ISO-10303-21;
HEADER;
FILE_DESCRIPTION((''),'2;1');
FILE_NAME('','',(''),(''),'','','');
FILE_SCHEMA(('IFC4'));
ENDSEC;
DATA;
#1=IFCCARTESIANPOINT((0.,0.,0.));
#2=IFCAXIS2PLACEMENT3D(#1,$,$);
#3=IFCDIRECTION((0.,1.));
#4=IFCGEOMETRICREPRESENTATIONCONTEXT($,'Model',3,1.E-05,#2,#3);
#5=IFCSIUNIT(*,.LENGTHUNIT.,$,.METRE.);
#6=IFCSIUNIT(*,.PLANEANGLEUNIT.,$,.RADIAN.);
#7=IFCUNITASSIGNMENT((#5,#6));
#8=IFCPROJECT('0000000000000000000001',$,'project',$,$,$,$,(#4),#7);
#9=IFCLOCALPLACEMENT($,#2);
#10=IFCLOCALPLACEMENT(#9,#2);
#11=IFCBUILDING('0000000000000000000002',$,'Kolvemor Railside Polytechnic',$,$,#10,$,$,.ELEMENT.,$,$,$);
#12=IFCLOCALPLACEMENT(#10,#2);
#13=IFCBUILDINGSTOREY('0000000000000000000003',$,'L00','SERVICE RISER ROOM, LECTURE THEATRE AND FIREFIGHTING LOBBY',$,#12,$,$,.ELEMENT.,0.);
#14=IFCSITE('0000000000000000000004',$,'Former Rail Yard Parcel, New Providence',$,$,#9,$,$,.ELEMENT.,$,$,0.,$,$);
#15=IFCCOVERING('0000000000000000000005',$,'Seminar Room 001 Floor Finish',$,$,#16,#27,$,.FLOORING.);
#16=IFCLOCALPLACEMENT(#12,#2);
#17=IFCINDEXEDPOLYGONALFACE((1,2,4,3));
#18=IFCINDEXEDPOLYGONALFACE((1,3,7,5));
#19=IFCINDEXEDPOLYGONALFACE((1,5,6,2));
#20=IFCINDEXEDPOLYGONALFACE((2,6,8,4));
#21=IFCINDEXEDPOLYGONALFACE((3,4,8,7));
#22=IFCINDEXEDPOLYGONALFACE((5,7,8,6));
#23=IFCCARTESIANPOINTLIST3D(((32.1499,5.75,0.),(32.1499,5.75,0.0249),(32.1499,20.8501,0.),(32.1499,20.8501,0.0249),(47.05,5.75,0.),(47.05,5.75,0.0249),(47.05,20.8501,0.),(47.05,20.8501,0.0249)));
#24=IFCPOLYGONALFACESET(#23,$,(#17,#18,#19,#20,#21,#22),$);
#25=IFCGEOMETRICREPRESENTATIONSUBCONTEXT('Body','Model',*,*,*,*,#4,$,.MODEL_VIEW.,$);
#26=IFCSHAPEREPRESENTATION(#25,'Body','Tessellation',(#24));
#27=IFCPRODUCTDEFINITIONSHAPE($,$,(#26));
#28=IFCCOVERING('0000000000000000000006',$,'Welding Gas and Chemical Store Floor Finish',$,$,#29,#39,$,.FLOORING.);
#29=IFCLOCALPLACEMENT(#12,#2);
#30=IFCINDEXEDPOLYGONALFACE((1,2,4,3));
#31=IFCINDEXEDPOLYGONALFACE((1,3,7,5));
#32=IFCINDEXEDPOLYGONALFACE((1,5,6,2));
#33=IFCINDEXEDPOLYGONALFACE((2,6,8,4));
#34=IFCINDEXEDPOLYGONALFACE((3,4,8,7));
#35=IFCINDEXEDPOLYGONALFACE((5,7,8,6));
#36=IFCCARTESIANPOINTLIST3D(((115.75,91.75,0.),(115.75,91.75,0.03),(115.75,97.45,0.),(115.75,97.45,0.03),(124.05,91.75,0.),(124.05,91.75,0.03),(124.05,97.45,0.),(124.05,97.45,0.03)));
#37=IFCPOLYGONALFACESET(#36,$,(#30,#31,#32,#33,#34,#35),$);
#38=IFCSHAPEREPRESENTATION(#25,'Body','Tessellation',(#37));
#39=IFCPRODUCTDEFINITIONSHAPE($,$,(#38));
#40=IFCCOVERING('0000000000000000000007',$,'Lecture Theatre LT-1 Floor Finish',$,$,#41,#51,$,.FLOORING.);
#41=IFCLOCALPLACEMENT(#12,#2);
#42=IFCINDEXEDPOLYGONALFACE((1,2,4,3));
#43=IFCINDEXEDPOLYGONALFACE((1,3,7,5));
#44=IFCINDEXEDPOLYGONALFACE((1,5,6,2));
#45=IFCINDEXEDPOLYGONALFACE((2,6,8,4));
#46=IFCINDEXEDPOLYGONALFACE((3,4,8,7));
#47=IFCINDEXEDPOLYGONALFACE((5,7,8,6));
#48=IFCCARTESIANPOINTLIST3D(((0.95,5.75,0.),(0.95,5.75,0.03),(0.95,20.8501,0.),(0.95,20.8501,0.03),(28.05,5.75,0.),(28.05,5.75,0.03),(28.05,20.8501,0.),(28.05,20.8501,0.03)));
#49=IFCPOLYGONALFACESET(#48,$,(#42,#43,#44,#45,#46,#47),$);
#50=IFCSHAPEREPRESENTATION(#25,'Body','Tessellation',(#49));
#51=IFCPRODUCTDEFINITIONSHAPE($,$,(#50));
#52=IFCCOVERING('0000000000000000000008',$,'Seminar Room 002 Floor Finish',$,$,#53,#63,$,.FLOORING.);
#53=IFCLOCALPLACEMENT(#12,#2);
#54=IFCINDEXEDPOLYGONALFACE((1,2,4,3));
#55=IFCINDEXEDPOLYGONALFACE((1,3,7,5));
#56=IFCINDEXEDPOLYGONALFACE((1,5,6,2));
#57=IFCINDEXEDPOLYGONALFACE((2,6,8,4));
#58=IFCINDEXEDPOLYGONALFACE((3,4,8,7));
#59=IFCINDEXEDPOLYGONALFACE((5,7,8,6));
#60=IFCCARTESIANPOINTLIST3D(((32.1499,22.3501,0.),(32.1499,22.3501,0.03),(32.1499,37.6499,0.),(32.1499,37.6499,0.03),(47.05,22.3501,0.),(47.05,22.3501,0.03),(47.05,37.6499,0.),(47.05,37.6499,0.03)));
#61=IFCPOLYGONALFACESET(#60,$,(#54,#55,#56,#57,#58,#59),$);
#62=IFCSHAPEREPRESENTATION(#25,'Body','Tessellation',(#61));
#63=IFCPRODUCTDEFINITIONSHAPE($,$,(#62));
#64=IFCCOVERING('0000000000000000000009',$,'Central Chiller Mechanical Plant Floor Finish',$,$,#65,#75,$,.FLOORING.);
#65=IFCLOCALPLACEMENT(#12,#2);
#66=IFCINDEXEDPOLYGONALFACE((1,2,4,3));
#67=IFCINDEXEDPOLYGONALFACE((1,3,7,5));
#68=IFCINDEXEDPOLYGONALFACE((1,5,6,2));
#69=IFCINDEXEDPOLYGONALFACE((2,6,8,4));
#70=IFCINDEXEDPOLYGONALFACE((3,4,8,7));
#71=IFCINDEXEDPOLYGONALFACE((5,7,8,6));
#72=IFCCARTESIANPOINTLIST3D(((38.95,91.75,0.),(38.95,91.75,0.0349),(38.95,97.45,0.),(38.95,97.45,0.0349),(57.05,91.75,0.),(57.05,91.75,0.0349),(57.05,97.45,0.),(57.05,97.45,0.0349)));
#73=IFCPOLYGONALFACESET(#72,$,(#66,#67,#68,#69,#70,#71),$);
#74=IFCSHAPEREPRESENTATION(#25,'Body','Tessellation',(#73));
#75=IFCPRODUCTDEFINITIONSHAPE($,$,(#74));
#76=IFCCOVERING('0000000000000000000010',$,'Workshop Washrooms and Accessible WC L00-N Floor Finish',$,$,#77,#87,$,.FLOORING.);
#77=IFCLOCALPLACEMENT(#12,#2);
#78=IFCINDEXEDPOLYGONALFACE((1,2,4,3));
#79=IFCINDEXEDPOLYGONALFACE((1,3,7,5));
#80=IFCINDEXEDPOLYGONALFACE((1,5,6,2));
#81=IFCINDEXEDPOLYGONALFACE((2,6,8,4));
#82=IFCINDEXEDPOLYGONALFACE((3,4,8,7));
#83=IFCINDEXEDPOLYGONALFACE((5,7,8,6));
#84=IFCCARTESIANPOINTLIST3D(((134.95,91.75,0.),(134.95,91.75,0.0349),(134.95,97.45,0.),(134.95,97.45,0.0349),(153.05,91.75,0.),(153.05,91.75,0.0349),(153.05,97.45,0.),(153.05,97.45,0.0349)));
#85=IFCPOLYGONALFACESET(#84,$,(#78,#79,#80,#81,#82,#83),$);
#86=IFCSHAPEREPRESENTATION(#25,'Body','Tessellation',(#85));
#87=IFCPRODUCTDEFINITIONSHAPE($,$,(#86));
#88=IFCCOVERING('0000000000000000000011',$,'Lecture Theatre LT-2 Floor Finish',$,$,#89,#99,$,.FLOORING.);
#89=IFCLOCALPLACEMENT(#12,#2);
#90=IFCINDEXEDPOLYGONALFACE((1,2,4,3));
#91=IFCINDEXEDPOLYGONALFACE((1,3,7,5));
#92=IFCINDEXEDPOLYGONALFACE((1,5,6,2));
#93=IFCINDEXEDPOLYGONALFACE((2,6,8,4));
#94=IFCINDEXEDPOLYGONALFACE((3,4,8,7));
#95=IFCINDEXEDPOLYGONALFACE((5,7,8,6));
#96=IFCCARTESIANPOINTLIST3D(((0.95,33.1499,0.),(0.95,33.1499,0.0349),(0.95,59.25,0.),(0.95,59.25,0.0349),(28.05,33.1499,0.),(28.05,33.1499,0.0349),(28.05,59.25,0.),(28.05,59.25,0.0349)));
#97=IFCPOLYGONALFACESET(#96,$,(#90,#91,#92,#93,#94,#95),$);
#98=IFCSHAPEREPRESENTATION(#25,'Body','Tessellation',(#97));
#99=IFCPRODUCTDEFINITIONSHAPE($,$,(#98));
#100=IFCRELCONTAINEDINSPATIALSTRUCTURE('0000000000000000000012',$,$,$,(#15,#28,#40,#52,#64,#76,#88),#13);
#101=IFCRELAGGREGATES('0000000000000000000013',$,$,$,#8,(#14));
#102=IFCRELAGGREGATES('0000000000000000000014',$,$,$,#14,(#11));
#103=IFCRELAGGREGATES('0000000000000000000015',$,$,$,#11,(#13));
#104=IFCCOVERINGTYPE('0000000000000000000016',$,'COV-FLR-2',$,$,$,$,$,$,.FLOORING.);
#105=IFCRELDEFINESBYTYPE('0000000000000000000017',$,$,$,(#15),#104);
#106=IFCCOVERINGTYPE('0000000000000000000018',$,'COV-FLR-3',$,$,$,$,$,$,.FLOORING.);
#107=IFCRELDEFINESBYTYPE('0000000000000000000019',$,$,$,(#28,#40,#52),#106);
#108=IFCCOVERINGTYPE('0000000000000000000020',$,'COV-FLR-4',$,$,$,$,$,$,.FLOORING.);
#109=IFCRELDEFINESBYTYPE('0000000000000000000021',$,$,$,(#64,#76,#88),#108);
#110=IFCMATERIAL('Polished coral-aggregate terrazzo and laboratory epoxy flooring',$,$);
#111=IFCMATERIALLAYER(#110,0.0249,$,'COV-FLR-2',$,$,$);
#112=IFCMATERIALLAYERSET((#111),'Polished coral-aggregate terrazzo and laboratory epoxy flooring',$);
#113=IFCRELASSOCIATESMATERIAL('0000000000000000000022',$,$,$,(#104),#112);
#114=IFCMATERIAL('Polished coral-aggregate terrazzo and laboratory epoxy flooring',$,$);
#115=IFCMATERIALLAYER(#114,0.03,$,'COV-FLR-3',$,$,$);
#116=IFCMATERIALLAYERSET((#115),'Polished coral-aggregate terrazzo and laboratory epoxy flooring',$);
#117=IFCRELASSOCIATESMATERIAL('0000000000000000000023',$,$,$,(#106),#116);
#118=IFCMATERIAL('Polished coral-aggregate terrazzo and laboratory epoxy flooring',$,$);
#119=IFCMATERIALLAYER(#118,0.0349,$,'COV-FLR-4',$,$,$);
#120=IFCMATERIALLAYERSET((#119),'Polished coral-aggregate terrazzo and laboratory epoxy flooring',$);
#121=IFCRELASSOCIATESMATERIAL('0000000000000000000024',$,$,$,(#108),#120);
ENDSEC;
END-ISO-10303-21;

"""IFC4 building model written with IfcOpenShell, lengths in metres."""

from ifc_helpers import new_model, si_unit, direction, origin, place, context, subcontext, project, spatial, polyline, outline, extrude, material, layer, layer_set, type_object, element, save


model = new_model("IFC4")

# Units and contexts
model_context = context("Model", 3, precision=1e-05, world=origin(), true_north=direction((0.0, 1.0)))
body_context = subcontext(model_context, "Body", "Model", "MODEL_VIEW")
ifc_project = project(units=[si_unit("LENGTHUNIT", "METRE"), si_unit("PLANEANGLEUNIT", "RADIAN")], contexts=[model_context])

# Site, building, storey
site_placement = place(None, origin())
site = spatial("IfcSite", under=ifc_project, at=site_placement, Name="Former Rail Yard Parcel, New Providence", CompositionType="ELEMENT", RefElevation=0.0)
building_placement = place(site_placement, origin())
building = spatial("IfcBuilding", under=site, at=building_placement, Name="Kolvemor Railside Polytechnic", CompositionType="ELEMENT")
storey_placement = place(building_placement, origin())
storey = spatial("IfcBuildingStorey", under=building, at=storey_placement, Name="L00", Description="SERVICE RISER ROOM, LECTURE THEATRE AND FIREFIGHTING LOBBY", CompositionType="ELEMENT", Elevation=0.0)

# Coverings
ifc_material_1 = material(Name="Polished coral-aggregate terrazzo and laboratory epoxy flooring")
ifc_layer_1 = layer(ifc_material_1, 0.0249, Name="COV-FLR-2")
ifc_layer_set_1 = layer_set([ifc_layer_1], Name="Polished coral-aggregate terrazzo and laboratory epoxy flooring")
covering_type_1 = type_object("IfcCoveringType", Name="COV-FLR-2", PredefinedType="FLOORING", material=ifc_layer_set_1)
covering_1_placement = place(storey_placement, origin())
element("IfcCovering", 1, at=covering_1_placement, inside=storey, type_object=covering_type_1, Name="Seminar Room 001 Floor Finish", PredefinedType="FLOORING", context=body_context, shape_type="SweptSolid", body=[
    extrude(outline(polyline([(32.1499, 5.75), (47.05, 5.75), (47.05, 20.8501), (32.1499, 20.8501), (32.1499, 5.75)])), origin(), (0.0, 0.0, 1.0), 0.0249),
])
ifc_material_2 = material(Name="Polished coral-aggregate terrazzo and laboratory epoxy flooring")
ifc_layer_2 = layer(ifc_material_2, 0.03, Name="COV-FLR-3")
ifc_layer_set_2 = layer_set([ifc_layer_2], Name="Polished coral-aggregate terrazzo and laboratory epoxy flooring")
covering_type_2 = type_object("IfcCoveringType", Name="COV-FLR-3", PredefinedType="FLOORING", material=ifc_layer_set_2)
covering_2_placement = place(storey_placement, origin())
element("IfcCovering", 2, at=covering_2_placement, inside=storey, type_object=covering_type_2, Name="Welding Gas and Chemical Store Floor Finish", PredefinedType="FLOORING", context=body_context, shape_type="SweptSolid", body=[
    extrude(outline(polyline([(115.75, 91.75), (124.05, 91.75), (124.05, 97.45), (115.75, 97.45), (115.75, 91.75)])), origin(), (0.0, 0.0, 1.0), 0.03),
])
covering_3_placement = place(storey_placement, origin())
element("IfcCovering", 3, at=covering_3_placement, inside=storey, type_object=covering_type_2, Name="Lecture Theatre LT-1 Floor Finish", PredefinedType="FLOORING", context=body_context, shape_type="SweptSolid", body=[
    extrude(outline(polyline([(0.95, 5.75), (28.05, 5.75), (28.05, 20.8501), (0.95, 20.8501), (0.95, 5.75)])), origin(), (0.0, 0.0, 1.0), 0.03),
])
covering_4_placement = place(storey_placement, origin())
element("IfcCovering", 4, at=covering_4_placement, inside=storey, type_object=covering_type_2, Name="Seminar Room 002 Floor Finish", PredefinedType="FLOORING", context=body_context, shape_type="SweptSolid", body=[
    extrude(outline(polyline([(32.1499, 22.3501), (47.05, 22.3501), (47.05, 37.6499), (32.1499, 37.6499), (32.1499, 22.3501)])), origin(), (0.0, 0.0, 1.0), 0.03),
])
ifc_material_3 = material(Name="Polished coral-aggregate terrazzo and laboratory epoxy flooring")
ifc_layer_3 = layer(ifc_material_3, 0.0349, Name="COV-FLR-4")
ifc_layer_set_3 = layer_set([ifc_layer_3], Name="Polished coral-aggregate terrazzo and laboratory epoxy flooring")
covering_type_3 = type_object("IfcCoveringType", Name="COV-FLR-4", PredefinedType="FLOORING", material=ifc_layer_set_3)
covering_5_placement = place(storey_placement, origin())
element("IfcCovering", 5, at=covering_5_placement, inside=storey, type_object=covering_type_3, Name="Central Chiller Mechanical Plant Floor Finish", PredefinedType="FLOORING", context=body_context, shape_type="SweptSolid", body=[
    extrude(outline(polyline([(38.95, 91.75), (57.05, 91.75), (57.05, 97.45), (38.95, 97.45), (38.95, 91.75)])), origin(), (0.0, 0.0, 1.0), 0.0349),
])
covering_6_placement = place(storey_placement, origin())
element("IfcCovering", 6, at=covering_6_placement, inside=storey, type_object=covering_type_3, Name="Workshop Washrooms and Accessible WC L00-N Floor Finish", PredefinedType="FLOORING", context=body_context, shape_type="SweptSolid", body=[
    extrude(outline(polyline([(134.95, 91.75), (153.05, 91.75), (153.05, 97.45), (134.95, 97.45), (134.95, 91.75)])), origin(), (0.0, 0.0, 1.0), 0.0349),
])
covering_7_placement = place(storey_placement, origin())
element("IfcCovering", 7, at=covering_7_placement, inside=storey, type_object=covering_type_3, Name="Lecture Theatre LT-2 Floor Finish", PredefinedType="FLOORING", context=body_context, shape_type="SweptSolid", body=[
    extrude(outline(polyline([(0.95, 33.1499), (28.05, 33.1499), (28.05, 59.25), (0.95, 59.25), (0.95, 33.1499)])), origin(), (0.0, 0.0, 1.0), 0.0349),
])

save(model, "model.ifc")
